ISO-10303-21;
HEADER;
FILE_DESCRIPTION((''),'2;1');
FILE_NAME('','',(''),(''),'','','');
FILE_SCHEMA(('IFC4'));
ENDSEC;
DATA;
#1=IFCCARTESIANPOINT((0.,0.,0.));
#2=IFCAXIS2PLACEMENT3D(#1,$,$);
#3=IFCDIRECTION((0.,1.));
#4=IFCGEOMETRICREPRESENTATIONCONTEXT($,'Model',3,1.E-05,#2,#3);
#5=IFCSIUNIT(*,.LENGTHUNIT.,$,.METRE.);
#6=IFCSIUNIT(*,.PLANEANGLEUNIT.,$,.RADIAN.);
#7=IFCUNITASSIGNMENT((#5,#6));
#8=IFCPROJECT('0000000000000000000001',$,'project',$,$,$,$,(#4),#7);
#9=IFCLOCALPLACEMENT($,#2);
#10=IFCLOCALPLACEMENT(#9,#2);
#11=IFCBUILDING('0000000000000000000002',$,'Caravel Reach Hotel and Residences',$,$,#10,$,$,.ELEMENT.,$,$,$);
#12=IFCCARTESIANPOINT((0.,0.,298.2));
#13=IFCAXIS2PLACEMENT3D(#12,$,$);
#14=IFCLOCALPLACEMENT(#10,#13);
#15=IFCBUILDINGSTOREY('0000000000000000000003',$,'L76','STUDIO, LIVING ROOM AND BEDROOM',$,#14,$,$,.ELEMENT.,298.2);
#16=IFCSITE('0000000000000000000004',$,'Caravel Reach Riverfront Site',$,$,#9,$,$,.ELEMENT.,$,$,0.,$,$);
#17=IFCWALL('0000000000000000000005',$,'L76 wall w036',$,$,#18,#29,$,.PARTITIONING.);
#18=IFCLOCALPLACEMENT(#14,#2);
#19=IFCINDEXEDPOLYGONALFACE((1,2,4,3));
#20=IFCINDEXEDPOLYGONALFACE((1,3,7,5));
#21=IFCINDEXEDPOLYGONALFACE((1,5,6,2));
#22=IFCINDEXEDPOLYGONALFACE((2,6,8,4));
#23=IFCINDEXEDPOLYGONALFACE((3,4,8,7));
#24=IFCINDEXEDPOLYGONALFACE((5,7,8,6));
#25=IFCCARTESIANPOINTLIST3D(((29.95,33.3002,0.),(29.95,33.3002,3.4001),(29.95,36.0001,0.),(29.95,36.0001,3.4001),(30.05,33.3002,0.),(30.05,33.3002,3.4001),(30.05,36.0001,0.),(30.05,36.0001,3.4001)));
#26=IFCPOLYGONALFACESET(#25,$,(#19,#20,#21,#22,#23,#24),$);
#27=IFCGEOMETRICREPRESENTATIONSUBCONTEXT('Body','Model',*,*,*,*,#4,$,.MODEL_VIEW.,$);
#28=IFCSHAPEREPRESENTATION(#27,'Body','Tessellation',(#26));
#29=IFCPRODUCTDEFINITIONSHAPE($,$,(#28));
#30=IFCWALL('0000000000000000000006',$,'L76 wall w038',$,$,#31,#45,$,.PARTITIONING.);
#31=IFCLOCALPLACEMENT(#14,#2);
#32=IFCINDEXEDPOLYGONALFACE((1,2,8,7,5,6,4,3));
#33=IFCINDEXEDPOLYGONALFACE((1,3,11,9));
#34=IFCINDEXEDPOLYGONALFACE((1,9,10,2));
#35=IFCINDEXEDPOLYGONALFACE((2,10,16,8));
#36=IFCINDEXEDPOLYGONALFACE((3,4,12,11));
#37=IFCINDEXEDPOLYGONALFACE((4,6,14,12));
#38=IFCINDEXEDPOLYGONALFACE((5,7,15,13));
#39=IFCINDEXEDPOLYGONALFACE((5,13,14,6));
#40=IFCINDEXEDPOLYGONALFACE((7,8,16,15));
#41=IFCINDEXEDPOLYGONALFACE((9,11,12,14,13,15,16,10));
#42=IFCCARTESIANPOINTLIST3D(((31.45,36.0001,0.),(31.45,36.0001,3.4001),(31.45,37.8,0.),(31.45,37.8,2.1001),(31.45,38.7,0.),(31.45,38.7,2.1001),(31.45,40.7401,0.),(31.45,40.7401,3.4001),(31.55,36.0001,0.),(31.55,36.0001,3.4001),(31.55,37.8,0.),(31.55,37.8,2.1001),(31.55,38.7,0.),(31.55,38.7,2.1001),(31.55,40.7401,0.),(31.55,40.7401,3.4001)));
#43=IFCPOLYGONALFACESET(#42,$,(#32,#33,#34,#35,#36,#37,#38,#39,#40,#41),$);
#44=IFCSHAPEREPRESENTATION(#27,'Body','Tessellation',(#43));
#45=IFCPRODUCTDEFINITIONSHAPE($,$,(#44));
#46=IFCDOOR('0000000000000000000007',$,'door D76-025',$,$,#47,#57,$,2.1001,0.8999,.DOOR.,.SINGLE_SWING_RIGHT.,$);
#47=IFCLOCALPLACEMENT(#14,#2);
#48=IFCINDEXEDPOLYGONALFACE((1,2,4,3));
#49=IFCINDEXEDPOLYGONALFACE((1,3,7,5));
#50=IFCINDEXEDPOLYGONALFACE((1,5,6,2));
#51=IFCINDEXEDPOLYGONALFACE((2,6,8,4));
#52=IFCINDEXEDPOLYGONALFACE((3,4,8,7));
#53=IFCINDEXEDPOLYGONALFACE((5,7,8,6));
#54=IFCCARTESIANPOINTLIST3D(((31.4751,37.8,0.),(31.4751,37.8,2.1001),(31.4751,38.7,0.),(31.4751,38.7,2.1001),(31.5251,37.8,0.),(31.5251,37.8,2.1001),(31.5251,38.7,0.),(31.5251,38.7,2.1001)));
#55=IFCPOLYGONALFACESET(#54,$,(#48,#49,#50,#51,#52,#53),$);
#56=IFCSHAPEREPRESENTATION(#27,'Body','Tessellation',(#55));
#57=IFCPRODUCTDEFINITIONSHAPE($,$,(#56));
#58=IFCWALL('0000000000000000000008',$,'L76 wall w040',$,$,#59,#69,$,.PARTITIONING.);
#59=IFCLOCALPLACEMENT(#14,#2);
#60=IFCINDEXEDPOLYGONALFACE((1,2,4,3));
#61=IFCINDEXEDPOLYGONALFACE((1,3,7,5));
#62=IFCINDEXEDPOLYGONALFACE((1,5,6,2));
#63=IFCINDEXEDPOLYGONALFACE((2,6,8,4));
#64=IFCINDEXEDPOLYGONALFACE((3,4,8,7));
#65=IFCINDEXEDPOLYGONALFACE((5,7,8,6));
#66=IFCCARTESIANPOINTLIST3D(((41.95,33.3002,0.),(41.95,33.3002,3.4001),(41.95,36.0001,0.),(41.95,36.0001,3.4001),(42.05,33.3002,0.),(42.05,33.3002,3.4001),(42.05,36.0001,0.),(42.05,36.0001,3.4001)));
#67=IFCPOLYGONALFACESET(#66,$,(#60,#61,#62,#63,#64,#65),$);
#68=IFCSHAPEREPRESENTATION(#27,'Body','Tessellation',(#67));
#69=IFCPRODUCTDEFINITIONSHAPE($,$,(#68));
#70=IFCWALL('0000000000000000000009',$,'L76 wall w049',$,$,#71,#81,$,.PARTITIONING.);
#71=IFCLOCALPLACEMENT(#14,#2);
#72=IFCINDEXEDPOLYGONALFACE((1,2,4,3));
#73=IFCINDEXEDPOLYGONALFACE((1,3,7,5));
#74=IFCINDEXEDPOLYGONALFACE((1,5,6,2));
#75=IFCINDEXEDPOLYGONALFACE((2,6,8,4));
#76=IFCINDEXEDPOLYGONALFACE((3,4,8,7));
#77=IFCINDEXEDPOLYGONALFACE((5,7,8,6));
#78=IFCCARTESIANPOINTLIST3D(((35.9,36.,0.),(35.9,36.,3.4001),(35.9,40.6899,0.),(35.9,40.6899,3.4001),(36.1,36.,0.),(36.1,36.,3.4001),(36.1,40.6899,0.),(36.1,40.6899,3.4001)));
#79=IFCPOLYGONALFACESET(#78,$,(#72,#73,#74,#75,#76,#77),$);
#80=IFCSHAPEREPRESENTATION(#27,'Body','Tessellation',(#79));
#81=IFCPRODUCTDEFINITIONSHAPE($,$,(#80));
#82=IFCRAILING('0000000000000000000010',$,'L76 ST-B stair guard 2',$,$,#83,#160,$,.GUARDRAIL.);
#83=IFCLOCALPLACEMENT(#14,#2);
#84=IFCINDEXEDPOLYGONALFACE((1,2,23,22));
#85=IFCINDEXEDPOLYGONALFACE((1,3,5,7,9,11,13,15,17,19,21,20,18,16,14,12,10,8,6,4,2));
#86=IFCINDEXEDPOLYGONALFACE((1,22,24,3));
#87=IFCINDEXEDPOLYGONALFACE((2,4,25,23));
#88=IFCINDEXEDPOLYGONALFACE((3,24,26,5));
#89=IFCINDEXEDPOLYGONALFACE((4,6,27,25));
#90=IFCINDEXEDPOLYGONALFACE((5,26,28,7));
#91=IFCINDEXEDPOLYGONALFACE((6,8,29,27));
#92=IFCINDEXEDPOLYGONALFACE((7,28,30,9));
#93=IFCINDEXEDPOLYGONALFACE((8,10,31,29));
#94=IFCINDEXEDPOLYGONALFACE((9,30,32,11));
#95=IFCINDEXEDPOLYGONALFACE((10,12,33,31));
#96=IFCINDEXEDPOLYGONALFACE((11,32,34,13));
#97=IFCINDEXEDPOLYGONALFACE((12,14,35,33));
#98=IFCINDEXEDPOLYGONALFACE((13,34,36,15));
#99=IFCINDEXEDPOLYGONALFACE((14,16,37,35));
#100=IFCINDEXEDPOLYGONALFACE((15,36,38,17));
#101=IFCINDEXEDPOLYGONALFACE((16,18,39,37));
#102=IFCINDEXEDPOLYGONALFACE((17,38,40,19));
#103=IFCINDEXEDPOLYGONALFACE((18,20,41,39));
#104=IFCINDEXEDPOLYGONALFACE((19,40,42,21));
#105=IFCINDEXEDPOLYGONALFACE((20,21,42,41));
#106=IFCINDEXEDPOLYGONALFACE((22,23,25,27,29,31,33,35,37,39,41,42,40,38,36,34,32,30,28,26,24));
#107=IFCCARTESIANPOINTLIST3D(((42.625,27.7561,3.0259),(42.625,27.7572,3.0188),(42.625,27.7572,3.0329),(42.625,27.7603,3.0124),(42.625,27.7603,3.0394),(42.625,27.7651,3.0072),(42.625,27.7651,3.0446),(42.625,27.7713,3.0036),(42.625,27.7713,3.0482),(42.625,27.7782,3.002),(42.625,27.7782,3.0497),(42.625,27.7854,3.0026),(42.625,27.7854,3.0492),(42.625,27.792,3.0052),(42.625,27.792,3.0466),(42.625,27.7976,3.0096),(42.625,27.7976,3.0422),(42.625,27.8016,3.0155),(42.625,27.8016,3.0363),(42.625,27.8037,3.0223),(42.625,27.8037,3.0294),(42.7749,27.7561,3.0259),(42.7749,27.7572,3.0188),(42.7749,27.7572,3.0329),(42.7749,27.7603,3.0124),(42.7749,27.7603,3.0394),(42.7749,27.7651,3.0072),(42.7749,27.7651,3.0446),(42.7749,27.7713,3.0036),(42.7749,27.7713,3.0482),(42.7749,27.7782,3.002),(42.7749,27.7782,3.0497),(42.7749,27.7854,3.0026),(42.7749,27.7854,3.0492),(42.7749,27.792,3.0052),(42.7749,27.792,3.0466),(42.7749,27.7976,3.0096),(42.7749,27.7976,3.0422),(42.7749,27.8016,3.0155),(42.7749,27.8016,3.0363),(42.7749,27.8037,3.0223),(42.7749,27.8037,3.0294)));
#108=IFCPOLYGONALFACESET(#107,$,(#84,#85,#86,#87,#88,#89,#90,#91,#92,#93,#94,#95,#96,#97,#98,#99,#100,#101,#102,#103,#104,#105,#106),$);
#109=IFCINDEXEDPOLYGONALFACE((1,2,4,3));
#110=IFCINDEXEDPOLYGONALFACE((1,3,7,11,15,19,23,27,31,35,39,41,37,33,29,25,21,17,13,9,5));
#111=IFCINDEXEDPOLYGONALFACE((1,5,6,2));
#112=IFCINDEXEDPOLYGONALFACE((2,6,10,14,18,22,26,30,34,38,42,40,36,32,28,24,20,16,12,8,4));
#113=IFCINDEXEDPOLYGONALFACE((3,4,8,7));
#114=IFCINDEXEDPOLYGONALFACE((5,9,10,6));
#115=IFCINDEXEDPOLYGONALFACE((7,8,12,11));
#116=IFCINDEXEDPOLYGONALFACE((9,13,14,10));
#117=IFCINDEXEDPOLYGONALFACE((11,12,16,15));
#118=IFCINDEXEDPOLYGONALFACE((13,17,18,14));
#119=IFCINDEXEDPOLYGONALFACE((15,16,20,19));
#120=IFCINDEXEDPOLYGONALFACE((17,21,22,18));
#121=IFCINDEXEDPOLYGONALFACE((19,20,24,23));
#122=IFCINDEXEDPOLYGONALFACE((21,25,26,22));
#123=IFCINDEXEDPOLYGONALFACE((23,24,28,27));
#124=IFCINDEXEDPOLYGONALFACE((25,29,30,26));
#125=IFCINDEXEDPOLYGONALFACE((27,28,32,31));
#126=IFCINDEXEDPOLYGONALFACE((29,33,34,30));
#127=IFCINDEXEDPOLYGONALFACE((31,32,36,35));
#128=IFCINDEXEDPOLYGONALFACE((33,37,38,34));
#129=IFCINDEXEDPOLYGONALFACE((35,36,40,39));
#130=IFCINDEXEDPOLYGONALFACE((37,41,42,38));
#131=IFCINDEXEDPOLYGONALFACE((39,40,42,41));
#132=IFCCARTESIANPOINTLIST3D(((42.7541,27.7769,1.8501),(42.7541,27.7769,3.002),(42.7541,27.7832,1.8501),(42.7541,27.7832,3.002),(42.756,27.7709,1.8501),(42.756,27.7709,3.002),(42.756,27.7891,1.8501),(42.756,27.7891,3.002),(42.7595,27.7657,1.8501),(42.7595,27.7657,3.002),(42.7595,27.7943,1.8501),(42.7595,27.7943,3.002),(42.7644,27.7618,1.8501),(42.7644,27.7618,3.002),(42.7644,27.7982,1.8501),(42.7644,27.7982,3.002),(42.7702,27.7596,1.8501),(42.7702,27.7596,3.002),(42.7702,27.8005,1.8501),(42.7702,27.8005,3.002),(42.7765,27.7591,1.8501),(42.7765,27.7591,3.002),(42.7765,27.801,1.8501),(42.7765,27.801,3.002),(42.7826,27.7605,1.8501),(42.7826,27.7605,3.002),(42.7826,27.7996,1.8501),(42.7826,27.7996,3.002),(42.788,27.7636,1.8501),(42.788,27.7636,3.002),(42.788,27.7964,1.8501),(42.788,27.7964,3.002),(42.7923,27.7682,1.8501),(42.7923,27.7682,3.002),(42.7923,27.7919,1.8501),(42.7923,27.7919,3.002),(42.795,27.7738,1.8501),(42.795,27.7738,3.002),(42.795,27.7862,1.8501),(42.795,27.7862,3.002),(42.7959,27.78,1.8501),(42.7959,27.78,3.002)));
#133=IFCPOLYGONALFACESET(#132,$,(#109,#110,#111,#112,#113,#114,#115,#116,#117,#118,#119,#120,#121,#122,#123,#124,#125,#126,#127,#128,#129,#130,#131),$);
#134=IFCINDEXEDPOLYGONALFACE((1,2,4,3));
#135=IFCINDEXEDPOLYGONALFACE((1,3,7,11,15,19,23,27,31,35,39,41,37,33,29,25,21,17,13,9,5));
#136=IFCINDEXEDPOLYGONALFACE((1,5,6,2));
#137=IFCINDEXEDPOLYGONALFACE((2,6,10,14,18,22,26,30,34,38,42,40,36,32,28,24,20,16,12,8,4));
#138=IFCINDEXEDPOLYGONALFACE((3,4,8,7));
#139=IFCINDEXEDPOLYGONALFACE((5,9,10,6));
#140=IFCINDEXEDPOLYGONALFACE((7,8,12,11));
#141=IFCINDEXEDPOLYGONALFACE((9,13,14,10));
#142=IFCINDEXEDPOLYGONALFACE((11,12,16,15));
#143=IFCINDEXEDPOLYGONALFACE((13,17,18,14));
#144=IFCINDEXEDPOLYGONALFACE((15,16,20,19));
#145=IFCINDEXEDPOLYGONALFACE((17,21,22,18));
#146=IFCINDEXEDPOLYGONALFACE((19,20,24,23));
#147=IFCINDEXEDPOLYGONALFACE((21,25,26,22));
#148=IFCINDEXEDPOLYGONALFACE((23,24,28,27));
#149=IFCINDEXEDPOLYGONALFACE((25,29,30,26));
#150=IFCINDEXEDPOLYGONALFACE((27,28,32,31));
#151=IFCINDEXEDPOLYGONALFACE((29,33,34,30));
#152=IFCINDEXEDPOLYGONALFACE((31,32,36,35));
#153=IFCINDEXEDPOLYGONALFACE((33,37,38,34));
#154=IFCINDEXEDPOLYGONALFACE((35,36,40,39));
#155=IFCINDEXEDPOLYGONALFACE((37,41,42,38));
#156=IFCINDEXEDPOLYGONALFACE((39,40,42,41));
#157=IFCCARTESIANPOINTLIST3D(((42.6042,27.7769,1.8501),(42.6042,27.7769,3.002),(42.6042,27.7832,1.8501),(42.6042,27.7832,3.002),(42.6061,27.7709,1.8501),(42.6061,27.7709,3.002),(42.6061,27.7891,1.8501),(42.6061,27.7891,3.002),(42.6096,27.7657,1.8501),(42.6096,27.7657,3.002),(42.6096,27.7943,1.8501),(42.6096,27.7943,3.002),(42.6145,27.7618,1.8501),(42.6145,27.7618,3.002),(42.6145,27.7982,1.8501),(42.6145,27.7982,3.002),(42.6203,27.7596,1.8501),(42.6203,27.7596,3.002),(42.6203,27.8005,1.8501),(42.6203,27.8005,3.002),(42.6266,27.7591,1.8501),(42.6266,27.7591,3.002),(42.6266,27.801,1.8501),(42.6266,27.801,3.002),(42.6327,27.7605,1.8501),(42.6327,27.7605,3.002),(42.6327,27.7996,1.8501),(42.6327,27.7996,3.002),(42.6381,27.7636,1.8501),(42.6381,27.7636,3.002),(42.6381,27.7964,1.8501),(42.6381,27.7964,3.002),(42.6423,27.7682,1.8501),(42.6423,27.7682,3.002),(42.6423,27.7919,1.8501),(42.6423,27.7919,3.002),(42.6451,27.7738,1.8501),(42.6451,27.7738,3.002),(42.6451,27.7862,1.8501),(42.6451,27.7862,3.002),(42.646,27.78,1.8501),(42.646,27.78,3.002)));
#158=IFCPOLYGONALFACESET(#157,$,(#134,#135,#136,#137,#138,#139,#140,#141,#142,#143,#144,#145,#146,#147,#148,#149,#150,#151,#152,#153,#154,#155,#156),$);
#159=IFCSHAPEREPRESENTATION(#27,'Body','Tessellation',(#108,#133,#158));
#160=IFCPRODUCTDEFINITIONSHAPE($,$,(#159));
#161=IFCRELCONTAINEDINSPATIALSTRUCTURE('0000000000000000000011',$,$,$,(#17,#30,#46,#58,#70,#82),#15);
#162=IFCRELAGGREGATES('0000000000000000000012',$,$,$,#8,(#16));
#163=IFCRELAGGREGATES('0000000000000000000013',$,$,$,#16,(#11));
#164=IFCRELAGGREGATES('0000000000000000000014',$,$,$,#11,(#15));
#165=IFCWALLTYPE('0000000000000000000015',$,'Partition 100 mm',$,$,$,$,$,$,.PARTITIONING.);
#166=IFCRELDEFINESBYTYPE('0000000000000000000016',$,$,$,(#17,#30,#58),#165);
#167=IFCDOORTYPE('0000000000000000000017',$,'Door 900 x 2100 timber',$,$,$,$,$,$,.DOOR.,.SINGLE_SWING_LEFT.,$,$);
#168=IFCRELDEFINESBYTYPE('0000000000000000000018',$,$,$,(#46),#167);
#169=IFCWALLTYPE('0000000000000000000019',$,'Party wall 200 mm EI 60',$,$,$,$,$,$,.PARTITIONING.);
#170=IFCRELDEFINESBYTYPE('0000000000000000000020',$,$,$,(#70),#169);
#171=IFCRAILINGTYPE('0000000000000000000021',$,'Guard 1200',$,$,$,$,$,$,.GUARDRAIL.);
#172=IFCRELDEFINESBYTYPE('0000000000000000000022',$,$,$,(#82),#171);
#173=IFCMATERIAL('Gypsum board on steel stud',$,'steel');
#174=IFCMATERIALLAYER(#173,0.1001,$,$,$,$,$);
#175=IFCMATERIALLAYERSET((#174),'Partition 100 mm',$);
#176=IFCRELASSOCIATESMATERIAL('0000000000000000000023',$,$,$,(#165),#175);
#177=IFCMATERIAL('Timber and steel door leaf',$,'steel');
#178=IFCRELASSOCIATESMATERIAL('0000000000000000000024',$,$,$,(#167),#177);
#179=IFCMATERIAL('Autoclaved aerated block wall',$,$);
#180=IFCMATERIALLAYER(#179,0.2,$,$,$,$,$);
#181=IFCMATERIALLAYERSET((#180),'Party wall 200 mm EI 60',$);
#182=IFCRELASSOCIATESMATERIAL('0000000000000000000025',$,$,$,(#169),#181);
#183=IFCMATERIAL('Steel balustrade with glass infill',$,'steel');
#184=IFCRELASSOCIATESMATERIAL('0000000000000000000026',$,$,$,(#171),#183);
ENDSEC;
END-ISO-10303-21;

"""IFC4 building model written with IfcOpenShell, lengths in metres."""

from ifc_helpers import new_model, si_unit, direction, frame, frame_2d, origin, origin_2d, place, context, subcontext, project, spatial, rectangle, circle, extrude, material, layer, layer_set, type_object, element, fill, save


model = new_model("IFC4")

# Units and contexts
model_context = context("Model", 3, precision=1e-05, world=origin(), true_north=direction((0.0, 1.0)))
body_context = subcontext(model_context, "Body", "Model", "MODEL_VIEW")
ifc_project = project(units=[si_unit("LENGTHUNIT", "METRE"), si_unit("PLANEANGLEUNIT", "RADIAN")], contexts=[model_context])

# Site, building, storey
site_placement = place(None, origin())
site = spatial("IfcSite", under=ifc_project, at=site_placement, Name="Caravel Reach Riverfront Site", CompositionType="ELEMENT", RefElevation=0.0)
building_placement = place(site_placement, origin())
building = spatial("IfcBuilding", under=site, at=building_placement, Name="Caravel Reach Hotel and Residences", CompositionType="ELEMENT")
storey_placement = place(building_placement, frame((0.0, 0.0, 298.2)))
storey = spatial("IfcBuildingStorey", under=building, at=storey_placement, Name="L76", Description="STUDIO, LIVING ROOM AND BEDROOM", CompositionType="ELEMENT", Elevation=298.2)

# Shared definitions
ifc_material_1 = material(Name="Gypsum board on steel stud", Category="steel")
ifc_layer_1 = layer(ifc_material_1, 0.1001)
ifc_layer_set_1 = layer_set([ifc_layer_1], Name="Partition 100 mm")
wall_type_1 = type_object("IfcWallType", Name="Partition 100 mm", PredefinedType="PARTITIONING", material=ifc_layer_set_1)

# Shared definitions
ifc_material_2 = material(Name="Timber and steel door leaf", Category="steel")
door_type_1 = type_object("IfcDoorType", Name="Door 900 x 2100 timber", OperationType="SINGLE_SWING_LEFT", PredefinedType="DOOR", material=ifc_material_2)

# Wall
wall_1_placement = place(storey_placement, frame((30.0, 33.3, 0.0), z_axis=(0.0, 0.0, 1.0), x_axis=(0.0, 1.0, 0.0)))
element("IfcWall", 1, at=wall_1_placement, inside=storey, type_object=wall_type_1, Name="L76 wall w036", PredefinedType="PARTITIONING", context=body_context, shape_type="SweptSolid", body=[
    extrude(rectangle(XDim=2.7, YDim=0.1001, at=frame_2d((1.3501, 0.0))), origin(), (0.0, 0.0, 1.0), 3.4001),
])

# Wall, opening, door
wall_2_placement = place(storey_placement, frame((31.5, 36.0, 0.0), z_axis=(0.0, 0.0, 1.0), x_axis=(0.0, 1.0, 0.0)))
wall_2 = element("IfcWall", 2, at=wall_2_placement, inside=storey, type_object=wall_type_1, Name="L76 wall w038", PredefinedType="PARTITIONING", context=body_context, shape_type="SweptSolid", body=[
    extrude(rectangle(XDim=4.74, YDim=0.1001, at=frame_2d((2.3701, 0.0))), origin(), (0.0, 0.0, 1.0), 3.4001),
])
opening_1_placement = place(wall_2_placement, frame((1.8, 0.0, 0.0)))
opening_1 = element("IfcOpeningElement", 3, at=opening_1_placement, cuts=wall_2, PredefinedType="OPENING", context=body_context, shape_type="SweptSolid", body=[
    extrude(rectangle(XDim=0.8999, YDim=2.1001, at=frame_2d((0.45, 1.05))), frame((0.0, 0.0601, 0.0), z_axis=(0.0, -1.0, 0.0), x_axis=(1.0, 0.0, 0.0)), (0.0, 0.0, 1.0), 0.1201),
])
door_1_placement = place(opening_1_placement, origin())
door_1 = element("IfcDoor", 4, at=door_1_placement, inside=storey, type_object=door_type_1, Name="door D76-025", OperationType="SINGLE_SWING_RIGHT", OverallHeight=2.1001, OverallWidth=0.8999, PredefinedType="DOOR", context=body_context, shape_type="SweptSolid", body=[
    extrude(rectangle(XDim=0.8999, YDim=2.1001, at=frame_2d((0.45, 1.05))), frame((0.0, 0.0249, 0.0), z_axis=(0.0, -1.0, 0.0), x_axis=(1.0, 0.0, 0.0)), (0.0, 0.0, 1.0), 0.05),
])
fill(opening_1, door_1)

# Walls
wall_3_placement = place(storey_placement, frame((42.0, 33.3, 0.0), z_axis=(0.0, 0.0, 1.0), x_axis=(0.0, 1.0, 0.0)))
element("IfcWall", 5, at=wall_3_placement, inside=storey, type_object=wall_type_1, Name="L76 wall w040", PredefinedType="PARTITIONING", context=body_context, shape_type="SweptSolid", body=[
    extrude(rectangle(XDim=2.7, YDim=0.1001, at=frame_2d((1.3501, 0.0))), origin(), (0.0, 0.0, 1.0), 3.4001),
])
ifc_material_3 = material(Name="Autoclaved aerated block wall")
ifc_layer_2 = layer(ifc_material_3, 0.2)
ifc_layer_set_2 = layer_set([ifc_layer_2], Name="Party wall 200 mm EI 60")
wall_type_2 = type_object("IfcWallType", Name="Party wall 200 mm EI 60", PredefinedType="PARTITIONING", material=ifc_layer_set_2)
wall_4_placement = place(storey_placement, frame((36.0, 36.0, 0.0), z_axis=(0.0, 0.0, 1.0), x_axis=(0.0, 1.0, 0.0)))
element("IfcWall", 6, at=wall_4_placement, inside=storey, type_object=wall_type_2, Name="L76 wall w049", PredefinedType="PARTITIONING", context=body_context, shape_type="SweptSolid", body=[
    extrude(rectangle(XDim=4.6899, YDim=0.2, at=frame_2d((2.345, 0.0))), origin(), (0.0, 0.0, 1.0), 3.4001),
])

# Railing
ifc_material_4 = material(Name="Steel balustrade with glass infill", Category="steel")
railing_type_1 = type_object("IfcRailingType", Name="Guard 1200", PredefinedType="GUARDRAIL", material=ifc_material_4)
railing_1_placement = place(storey_placement, frame((42.7749, 27.78, 1.8501)))
element("IfcRailing", 7, at=railing_1_placement, inside=storey, type_object=railing_type_1, Name="L76 ST-B stair guard 2", PredefinedType="GUARDRAIL", context=body_context, shape_type="SweptSolid", body=[
    extrude(circle(Radius=0.0239, at=origin_2d()), frame((0.0, 0.0, 1.1758), z_axis=(-1.0, 0.0, 0.0), x_axis=(0.0, -1.0, 0.0)), (0.0, 0.0, 1.0), 0.1499),
    extrude(circle(Radius=0.021, at=origin_2d()), origin(), (0.0, 0.0, 1.0), 1.1519),
    extrude(circle(Radius=0.021, at=origin_2d()), frame((-0.1499, 0.0, 0.0)), (0.0, 0.0, 1.0), 1.1519),
])

save(model, "model.ifc")
